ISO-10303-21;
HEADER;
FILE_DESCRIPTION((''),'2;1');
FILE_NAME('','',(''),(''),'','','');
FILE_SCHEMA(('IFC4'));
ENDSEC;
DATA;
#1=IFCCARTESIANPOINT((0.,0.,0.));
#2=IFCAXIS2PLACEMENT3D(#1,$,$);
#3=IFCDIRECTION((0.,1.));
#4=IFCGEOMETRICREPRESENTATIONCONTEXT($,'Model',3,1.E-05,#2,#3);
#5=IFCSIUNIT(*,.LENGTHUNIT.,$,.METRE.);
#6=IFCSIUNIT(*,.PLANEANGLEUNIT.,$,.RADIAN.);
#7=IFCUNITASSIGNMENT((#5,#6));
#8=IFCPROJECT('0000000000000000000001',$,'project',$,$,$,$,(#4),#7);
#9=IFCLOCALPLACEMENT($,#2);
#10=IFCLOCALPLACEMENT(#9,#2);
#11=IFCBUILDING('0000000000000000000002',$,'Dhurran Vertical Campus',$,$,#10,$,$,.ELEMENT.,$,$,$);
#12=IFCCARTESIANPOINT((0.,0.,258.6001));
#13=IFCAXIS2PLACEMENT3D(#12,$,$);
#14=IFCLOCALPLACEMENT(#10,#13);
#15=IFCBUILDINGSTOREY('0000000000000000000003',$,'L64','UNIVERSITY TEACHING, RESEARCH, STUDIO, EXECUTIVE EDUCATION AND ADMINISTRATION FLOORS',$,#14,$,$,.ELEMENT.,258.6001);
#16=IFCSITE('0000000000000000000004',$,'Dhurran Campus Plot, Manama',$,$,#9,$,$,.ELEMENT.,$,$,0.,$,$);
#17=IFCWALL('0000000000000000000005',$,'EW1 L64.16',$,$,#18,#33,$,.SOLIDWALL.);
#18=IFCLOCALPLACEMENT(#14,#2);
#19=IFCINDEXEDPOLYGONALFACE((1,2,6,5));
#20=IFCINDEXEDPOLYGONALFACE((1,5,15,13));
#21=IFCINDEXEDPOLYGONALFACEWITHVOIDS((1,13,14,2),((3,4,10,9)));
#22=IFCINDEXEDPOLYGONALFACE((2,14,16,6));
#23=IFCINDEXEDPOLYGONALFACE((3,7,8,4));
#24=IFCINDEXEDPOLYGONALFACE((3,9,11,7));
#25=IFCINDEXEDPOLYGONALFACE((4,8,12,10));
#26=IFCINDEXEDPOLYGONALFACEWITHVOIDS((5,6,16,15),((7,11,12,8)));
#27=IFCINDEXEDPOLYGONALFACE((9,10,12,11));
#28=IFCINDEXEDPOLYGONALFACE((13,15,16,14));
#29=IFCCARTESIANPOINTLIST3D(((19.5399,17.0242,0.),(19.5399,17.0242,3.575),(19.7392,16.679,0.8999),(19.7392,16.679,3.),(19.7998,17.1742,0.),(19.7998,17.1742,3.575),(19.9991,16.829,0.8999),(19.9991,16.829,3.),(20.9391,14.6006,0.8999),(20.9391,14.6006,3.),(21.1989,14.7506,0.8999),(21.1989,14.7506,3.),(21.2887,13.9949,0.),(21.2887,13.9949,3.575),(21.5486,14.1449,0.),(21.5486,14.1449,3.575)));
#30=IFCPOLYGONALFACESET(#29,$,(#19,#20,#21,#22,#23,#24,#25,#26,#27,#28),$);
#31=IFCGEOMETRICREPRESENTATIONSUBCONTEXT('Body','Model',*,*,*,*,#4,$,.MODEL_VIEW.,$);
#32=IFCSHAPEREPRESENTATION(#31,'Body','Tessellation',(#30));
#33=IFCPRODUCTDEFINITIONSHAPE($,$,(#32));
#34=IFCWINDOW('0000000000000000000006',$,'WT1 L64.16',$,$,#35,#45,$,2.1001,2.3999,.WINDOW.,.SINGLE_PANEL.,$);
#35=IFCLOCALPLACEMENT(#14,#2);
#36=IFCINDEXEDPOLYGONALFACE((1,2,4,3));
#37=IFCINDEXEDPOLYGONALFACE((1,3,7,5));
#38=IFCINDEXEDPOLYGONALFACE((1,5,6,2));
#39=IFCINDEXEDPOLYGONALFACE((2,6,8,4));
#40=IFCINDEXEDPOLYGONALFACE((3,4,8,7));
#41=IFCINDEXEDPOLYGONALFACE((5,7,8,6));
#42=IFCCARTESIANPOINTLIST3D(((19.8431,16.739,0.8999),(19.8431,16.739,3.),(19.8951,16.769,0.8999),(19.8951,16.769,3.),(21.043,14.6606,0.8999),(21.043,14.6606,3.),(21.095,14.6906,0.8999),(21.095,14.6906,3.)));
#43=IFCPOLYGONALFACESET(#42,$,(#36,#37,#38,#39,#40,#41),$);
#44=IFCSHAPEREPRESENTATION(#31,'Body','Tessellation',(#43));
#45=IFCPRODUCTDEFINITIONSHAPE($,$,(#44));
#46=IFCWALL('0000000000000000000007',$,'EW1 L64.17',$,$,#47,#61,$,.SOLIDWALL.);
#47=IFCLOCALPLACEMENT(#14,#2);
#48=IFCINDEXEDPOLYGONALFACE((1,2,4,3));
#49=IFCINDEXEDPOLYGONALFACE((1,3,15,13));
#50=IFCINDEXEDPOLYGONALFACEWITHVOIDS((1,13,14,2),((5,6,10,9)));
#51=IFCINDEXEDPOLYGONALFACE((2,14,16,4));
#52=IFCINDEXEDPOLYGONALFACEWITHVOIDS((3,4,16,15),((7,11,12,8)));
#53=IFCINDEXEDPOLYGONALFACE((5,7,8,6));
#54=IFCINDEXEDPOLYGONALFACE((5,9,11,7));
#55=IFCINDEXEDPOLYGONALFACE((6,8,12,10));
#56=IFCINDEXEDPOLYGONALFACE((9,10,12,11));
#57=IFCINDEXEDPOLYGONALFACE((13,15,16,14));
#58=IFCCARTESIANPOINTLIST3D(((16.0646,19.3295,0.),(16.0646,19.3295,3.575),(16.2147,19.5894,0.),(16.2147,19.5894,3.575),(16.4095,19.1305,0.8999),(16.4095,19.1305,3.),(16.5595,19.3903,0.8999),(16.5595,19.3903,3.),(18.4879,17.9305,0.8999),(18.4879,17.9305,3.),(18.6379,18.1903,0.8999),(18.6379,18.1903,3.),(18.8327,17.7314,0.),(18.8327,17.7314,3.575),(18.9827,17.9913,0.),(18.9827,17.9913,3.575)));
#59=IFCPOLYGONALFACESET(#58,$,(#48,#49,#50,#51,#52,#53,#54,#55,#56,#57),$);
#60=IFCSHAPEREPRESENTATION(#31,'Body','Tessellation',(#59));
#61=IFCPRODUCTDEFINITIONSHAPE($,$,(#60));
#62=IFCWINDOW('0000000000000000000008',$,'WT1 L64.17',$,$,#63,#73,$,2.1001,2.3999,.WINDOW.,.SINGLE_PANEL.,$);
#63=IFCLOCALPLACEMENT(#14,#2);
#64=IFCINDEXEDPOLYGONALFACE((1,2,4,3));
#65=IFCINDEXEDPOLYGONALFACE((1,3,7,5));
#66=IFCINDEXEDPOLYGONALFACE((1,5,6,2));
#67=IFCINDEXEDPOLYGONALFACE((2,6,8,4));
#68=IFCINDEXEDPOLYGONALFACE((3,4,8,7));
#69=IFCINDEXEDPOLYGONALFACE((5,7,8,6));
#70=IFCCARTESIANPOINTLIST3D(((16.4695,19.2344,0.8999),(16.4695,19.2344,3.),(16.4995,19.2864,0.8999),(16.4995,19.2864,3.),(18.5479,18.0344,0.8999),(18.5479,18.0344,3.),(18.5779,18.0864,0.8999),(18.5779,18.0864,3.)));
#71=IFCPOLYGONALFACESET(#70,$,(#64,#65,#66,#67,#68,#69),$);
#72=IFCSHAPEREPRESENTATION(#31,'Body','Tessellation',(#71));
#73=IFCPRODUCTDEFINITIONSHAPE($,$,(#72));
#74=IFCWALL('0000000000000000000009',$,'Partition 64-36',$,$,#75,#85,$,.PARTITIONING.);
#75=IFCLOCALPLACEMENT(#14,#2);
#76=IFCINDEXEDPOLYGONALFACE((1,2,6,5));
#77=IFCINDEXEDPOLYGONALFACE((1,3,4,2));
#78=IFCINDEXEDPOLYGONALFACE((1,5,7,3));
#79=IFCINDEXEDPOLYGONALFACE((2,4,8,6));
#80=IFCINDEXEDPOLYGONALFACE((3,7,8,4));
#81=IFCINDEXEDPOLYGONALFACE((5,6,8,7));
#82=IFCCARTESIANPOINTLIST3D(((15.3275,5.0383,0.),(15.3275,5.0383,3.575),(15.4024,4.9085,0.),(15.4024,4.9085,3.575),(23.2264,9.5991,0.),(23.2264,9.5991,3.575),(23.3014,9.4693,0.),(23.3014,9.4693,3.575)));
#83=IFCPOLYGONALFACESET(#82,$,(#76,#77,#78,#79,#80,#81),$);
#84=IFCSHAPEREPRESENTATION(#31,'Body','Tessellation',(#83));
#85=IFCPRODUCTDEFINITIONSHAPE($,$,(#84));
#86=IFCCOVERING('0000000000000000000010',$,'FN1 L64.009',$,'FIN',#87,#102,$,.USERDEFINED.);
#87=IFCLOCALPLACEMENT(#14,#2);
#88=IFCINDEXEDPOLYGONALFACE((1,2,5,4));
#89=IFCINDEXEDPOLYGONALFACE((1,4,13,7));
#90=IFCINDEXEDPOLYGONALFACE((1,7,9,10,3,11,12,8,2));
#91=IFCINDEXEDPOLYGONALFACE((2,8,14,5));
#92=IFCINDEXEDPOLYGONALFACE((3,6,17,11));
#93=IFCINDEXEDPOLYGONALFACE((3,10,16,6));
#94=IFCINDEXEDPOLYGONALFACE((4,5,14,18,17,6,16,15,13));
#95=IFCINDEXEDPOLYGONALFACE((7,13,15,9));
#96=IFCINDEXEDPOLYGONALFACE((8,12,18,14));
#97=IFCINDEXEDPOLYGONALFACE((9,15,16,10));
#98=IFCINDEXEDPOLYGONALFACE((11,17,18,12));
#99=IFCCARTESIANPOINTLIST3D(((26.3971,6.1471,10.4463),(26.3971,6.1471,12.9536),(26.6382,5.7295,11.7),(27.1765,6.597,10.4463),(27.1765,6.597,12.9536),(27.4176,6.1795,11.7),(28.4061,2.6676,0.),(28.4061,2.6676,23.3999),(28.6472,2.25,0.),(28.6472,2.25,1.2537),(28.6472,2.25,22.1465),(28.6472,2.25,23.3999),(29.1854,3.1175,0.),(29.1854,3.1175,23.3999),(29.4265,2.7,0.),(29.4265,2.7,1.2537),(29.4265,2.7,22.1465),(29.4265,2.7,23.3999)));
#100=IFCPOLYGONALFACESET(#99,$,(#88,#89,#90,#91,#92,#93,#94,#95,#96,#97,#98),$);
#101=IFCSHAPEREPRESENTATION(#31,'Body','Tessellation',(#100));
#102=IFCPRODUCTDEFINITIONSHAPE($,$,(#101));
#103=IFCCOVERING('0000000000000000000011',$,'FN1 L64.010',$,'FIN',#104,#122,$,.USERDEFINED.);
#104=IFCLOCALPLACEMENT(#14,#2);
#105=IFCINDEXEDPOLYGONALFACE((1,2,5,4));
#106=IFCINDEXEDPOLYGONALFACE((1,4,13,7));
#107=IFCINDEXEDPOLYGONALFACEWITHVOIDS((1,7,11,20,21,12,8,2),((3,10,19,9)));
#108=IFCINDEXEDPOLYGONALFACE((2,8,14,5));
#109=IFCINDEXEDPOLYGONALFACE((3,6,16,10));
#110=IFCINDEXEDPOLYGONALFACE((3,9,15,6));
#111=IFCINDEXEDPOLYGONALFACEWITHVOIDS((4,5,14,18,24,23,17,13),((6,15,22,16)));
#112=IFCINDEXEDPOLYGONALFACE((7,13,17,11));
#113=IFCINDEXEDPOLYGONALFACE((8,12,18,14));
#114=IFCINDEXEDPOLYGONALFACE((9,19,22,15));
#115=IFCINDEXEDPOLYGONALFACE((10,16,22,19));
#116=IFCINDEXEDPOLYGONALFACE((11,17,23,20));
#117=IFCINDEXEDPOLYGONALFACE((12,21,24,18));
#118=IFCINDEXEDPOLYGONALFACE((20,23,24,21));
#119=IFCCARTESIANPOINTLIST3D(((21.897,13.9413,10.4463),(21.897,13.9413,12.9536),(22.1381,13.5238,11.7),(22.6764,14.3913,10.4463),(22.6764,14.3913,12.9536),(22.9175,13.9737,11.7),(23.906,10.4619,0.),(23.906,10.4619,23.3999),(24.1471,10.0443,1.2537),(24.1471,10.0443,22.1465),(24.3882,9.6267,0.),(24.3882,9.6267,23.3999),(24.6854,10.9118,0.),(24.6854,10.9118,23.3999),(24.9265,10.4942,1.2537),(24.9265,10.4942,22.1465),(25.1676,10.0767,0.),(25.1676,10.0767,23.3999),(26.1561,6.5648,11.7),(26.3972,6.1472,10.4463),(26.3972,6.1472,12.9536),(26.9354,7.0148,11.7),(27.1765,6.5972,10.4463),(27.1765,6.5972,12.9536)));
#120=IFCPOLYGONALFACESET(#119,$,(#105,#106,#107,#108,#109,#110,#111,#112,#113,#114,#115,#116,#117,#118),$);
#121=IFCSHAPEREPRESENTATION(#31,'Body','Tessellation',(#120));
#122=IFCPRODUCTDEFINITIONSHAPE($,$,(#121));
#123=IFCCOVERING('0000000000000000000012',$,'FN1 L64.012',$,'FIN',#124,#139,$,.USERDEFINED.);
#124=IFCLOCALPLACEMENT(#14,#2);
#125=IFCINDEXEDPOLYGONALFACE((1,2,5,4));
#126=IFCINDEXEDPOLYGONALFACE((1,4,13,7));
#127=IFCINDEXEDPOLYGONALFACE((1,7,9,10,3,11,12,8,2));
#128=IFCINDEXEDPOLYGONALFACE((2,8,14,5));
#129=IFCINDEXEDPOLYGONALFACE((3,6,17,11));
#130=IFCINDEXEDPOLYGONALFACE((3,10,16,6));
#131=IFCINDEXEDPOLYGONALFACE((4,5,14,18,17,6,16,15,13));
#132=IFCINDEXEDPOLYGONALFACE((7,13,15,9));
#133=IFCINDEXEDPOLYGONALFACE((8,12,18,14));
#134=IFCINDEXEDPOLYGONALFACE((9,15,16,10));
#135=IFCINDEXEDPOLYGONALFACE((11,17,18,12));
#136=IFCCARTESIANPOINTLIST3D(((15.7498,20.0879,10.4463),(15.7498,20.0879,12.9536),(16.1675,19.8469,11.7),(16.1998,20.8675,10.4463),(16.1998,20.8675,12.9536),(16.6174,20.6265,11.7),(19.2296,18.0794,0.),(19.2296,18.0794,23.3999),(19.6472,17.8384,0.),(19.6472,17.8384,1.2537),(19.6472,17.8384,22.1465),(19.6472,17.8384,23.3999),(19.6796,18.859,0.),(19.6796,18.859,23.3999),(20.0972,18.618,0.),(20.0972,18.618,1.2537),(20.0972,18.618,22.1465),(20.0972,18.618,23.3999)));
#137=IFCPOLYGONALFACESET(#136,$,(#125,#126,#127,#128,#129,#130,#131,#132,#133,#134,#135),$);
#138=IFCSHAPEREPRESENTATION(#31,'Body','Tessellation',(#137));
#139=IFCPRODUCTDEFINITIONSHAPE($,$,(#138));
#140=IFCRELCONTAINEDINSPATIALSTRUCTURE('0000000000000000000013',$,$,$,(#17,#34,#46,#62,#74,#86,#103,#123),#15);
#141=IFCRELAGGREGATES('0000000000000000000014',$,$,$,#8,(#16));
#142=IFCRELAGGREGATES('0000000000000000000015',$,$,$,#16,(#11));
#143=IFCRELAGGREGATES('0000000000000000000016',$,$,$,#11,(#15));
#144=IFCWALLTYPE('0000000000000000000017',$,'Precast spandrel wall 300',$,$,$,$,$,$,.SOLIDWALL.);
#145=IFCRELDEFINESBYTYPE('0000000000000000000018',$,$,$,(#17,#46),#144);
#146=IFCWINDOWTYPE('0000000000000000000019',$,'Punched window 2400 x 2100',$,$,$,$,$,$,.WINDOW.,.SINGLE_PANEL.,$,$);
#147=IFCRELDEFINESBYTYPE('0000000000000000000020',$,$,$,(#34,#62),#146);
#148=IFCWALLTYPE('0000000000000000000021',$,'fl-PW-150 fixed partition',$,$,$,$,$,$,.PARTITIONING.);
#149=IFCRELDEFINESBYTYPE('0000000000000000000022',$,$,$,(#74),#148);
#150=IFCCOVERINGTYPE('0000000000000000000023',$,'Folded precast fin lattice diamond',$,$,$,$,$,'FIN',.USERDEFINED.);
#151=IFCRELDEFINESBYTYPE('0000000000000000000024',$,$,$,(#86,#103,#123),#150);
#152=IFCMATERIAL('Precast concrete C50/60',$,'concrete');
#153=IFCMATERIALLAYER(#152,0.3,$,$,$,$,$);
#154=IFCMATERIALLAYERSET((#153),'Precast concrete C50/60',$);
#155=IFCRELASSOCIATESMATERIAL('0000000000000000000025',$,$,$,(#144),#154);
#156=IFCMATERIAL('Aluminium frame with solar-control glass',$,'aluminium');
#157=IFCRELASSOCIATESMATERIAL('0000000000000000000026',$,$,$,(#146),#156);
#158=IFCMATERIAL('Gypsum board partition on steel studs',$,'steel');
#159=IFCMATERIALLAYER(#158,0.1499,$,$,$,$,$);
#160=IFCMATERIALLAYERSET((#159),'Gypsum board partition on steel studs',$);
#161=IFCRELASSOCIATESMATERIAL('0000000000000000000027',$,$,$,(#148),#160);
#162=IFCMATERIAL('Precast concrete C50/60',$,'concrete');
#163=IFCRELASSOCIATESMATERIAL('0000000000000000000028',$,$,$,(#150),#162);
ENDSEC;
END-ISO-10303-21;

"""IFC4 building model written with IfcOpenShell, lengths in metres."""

from ifc_helpers import new_model, si_unit, direction, frame, frame_2d, origin, place, context, subcontext, project, spatial, polyline, rectangle, outline, extrude, material, layer, layer_set, type_object, element, fill, save


model = new_model("IFC4")

# Units and contexts
model_context = context("Model", 3, precision=1e-05, world=origin(), true_north=direction((0.0, 1.0)))
body_context = subcontext(model_context, "Body", "Model", "MODEL_VIEW")
ifc_project = project(units=[si_unit("LENGTHUNIT", "METRE"), si_unit("PLANEANGLEUNIT", "RADIAN")], contexts=[model_context])

# Site, building, storey
site_placement = place(None, origin())
site = spatial("IfcSite", under=ifc_project, at=site_placement, Name="Dhurran Campus Plot, Manama", CompositionType="ELEMENT", RefElevation=0.0)
building_placement = place(site_placement, origin())
building = spatial("IfcBuilding", under=site, at=building_placement, Name="Dhurran Vertical Campus", CompositionType="ELEMENT")
storey_placement = place(building_placement, frame((0.0, 0.0, 258.6001)))
storey = spatial("IfcBuildingStorey", under=building, at=storey_placement, Name="L64", Description="UNIVERSITY TEACHING, RESEARCH, STUDIO, EXECUTIVE EDUCATION AND ADMINISTRATION FLOORS", CompositionType="ELEMENT", Elevation=258.6001)

# Walls, openings, windows
ifc_material_1 = material(Name="Precast concrete C50/60", Category="concrete")
ifc_layer_1 = layer(ifc_material_1, 0.3)
ifc_layer_set_1 = layer_set([ifc_layer_1], Name="Precast concrete C50/60")
wall_type_1 = type_object("IfcWallType", Name="Precast spandrel wall 300", PredefinedType="SOLIDWALL", material=ifc_layer_set_1)
ifc_material_2 = material(Name="Aluminium frame with solar-control glass", Category="aluminium")
window_type = type_object("IfcWindowType", Name="Punched window 2400 x 2100", PartitioningType="SINGLE_PANEL", PredefinedType="WINDOW", material=ifc_material_2)
wall_1_placement = place(storey_placement, frame((21.4187, 14.0698, 0.0), z_axis=(0.0, 0.0, 1.0), x_axis=(-0.49996, 0.866048, 0.0)))
wall_1 = element("IfcWall", 1, at=wall_1_placement, inside=storey, type_object=wall_type_1, Name="EW1 L64.16", PredefinedType="SOLIDWALL", context=body_context, shape_type="SweptSolid", body=[
    extrude(rectangle(XDim=3.4978, YDim=0.3, at=frame_2d((1.749, 0.0))), origin(), (0.0, 0.0, 1.0), 3.575),
])
opening_1_placement = place(wall_1_placement, frame((0.6995, 0.0, 0.8999)))
opening_1 = element("IfcOpeningElement", 2, at=opening_1_placement, cuts=wall_1, PredefinedType="OPENING", context=body_context, shape_type="SweptSolid", body=[
    extrude(rectangle(XDim=2.3999, YDim=2.1001, at=frame_2d((1.2, 1.05))), frame((0.0, 0.1599, 0.0), z_axis=(0.0, -1.0, 0.0), x_axis=(1.0, 0.0, 0.0)), (0.0, 0.0, 1.0), 0.3201),
])
window_1_placement = place(opening_1_placement, origin())
window_1 = element("IfcWindow", 3, at=window_1_placement, inside=storey, type_object=window_type, Name="WT1 L64.16", OverallHeight=2.1001, OverallWidth=2.3999, PartitioningType="SINGLE_PANEL", PredefinedType="WINDOW", context=body_context, shape_type="SweptSolid", body=[
    extrude(rectangle(XDim=2.3999, YDim=2.1001, at=frame_2d((1.2, 1.05))), frame((0.0, 0.03, 0.0), z_axis=(0.0, -1.0, 0.0), x_axis=(1.0, 0.0, 0.0)), (0.0, 0.0, 1.0), 0.0601),
])
fill(opening_1, window_1)
wall_2_placement = place(storey_placement, frame((18.9077, 17.8613, 0.0), z_axis=(0.0, 0.0, 1.0), x_axis=(-0.866025, 0.5, 0.0)))
wall_2 = element("IfcWall", 4, at=wall_2_placement, inside=storey, type_object=wall_type_1, Name="EW1 L64.17", PredefinedType="SOLIDWALL", context=body_context, shape_type="SweptSolid", body=[
    extrude(rectangle(XDim=3.1963, YDim=0.3, at=frame_2d((1.5981, 0.0))), origin(), (0.0, 0.0, 1.0), 3.575),
])
opening_2_placement = place(wall_2_placement, frame((0.3982, 0.0, 0.8999)))
opening_2 = element("IfcOpeningElement", 5, at=opening_2_placement, cuts=wall_2, PredefinedType="OPENING", context=body_context, shape_type="SweptSolid", body=[
    extrude(rectangle(XDim=2.3999, YDim=2.1001, at=frame_2d((1.2, 1.05))), frame((0.0, 0.1599, 0.0), z_axis=(0.0, -1.0, 0.0), x_axis=(1.0, 0.0, 0.0)), (0.0, 0.0, 1.0), 0.3201),
])
window_2_placement = place(opening_2_placement, origin())
window_2 = element("IfcWindow", 6, at=window_2_placement, inside=storey, type_object=window_type, Name="WT1 L64.17", OverallHeight=2.1001, OverallWidth=2.3999, PartitioningType="SINGLE_PANEL", PredefinedType="WINDOW", context=body_context, shape_type="SweptSolid", body=[
    extrude(rectangle(XDim=2.3999, YDim=2.1001, at=frame_2d((1.2, 1.05))), frame((0.0, 0.03, 0.0), z_axis=(0.0, -1.0, 0.0), x_axis=(1.0, 0.0, 0.0)), (0.0, 0.0, 1.0), 0.0601),
])
fill(opening_2, window_2)

# Wall
ifc_material_3 = material(Name="Gypsum board partition on steel studs", Category="steel")
ifc_layer_2 = layer(ifc_material_3, 0.1499)
ifc_layer_set_2 = layer_set([ifc_layer_2], Name="Gypsum board partition on steel studs")
wall_type_2 = type_object("IfcWallType", Name="fl-PW-150 fixed partition", PredefinedType="PARTITIONING", material=ifc_layer_set_2)
wall_3_placement = place(storey_placement, frame((23.2639, 9.5342, 0.0), z_axis=(0.0, 0.0, 1.0), x_axis=(-0.866009, -0.500028, 0.0)))
element("IfcWall", 7, at=wall_3_placement, inside=storey, type_object=wall_type_2, Name="Partition 64-36", PredefinedType="PARTITIONING", context=body_context, shape_type="SweptSolid", body=[
    extrude(rectangle(XDim=9.1211, YDim=0.1499, at=frame_2d((4.5605, 0.0))), origin(), (0.0, 0.0, 1.0), 3.575),
])

# Coverings
ifc_material_4 = material(Name="Precast concrete C50/60", Category="concrete")
covering_type = type_object("IfcCoveringType", Name="Folded precast fin lattice diamond", ElementType="FIN", PredefinedType="USERDEFINED", material=ifc_material_4)
covering_1_placement = place(storey_placement, frame((28.6472, 2.25, 0.0), z_axis=(0.866014, 0.50002, 0.0), x_axis=(-0.50002, 0.866014, 0.0)))
element("IfcCovering", 8, at=covering_1_placement, inside=storey, type_object=covering_type, Name="FN1 L64.009", ObjectType="FIN", PredefinedType="USERDEFINED", context=body_context, shape_type="SweptSolid", body=[
    extrude(outline(polyline([(4.5, 10.4463), (0.4822, 0.0), (0.0, 0.0), (0.0, 1.2537), (4.0178, 11.7), (0.0, 22.1465), (0.0, 23.3999), (0.4822, 23.3999), (4.5, 12.9536), (4.5, 10.4463)])), origin(), (0.0, 0.0, 1.0), 0.8999),
])
covering_2_placement = place(storey_placement, frame((26.3972, 6.1472, 0.0), z_axis=(0.866014, 0.50002, 0.0), x_axis=(-0.50002, 0.866014, 0.0)))
element("IfcCovering", 9, at=covering_2_placement, inside=storey, type_object=covering_type, Name="FN1 L64.010", ObjectType="FIN", PredefinedType="USERDEFINED", context=body_context, shape_type="SweptSolid", body=[
    extrude(outline(polyline([(9.0, 12.9536), (9.0, 10.4463), (4.9822, 0.0), (4.0178, 0.0), (0.0, 10.4463), (0.0, 12.9536), (4.0178, 23.3999), (4.9822, 23.3999), (9.0, 12.9536)]), holes=[polyline([(8.5178, 11.7), (4.5, 22.1465), (0.4822, 11.7), (4.5, 1.2537), (8.5178, 11.7)])]), origin(), (0.0, 0.0, 1.0), 0.8999),
])
covering_3_placement = place(storey_placement, frame((19.6472, 17.8384, 0.0), z_axis=(0.499902, 0.866082, 0.0), x_axis=(-0.866082, 0.499902, 0.0)))
element("IfcCovering", 10, at=covering_3_placement, inside=storey, type_object=covering_type, Name="FN1 L64.012", ObjectType="FIN", PredefinedType="USERDEFINED", context=body_context, shape_type="SweptSolid", body=[
    extrude(outline(polyline([(4.5, 10.4463), (0.4822, 0.0), (0.0, 0.0), (0.0, 1.2537), (4.0178, 11.7), (0.0, 22.1465), (0.0, 23.3999), (0.4822, 23.3999), (4.5, 12.9536), (4.5, 10.4463)])), origin(), (0.0, 0.0, 1.0), 0.9001),
])

save(model, "model.ifc")
